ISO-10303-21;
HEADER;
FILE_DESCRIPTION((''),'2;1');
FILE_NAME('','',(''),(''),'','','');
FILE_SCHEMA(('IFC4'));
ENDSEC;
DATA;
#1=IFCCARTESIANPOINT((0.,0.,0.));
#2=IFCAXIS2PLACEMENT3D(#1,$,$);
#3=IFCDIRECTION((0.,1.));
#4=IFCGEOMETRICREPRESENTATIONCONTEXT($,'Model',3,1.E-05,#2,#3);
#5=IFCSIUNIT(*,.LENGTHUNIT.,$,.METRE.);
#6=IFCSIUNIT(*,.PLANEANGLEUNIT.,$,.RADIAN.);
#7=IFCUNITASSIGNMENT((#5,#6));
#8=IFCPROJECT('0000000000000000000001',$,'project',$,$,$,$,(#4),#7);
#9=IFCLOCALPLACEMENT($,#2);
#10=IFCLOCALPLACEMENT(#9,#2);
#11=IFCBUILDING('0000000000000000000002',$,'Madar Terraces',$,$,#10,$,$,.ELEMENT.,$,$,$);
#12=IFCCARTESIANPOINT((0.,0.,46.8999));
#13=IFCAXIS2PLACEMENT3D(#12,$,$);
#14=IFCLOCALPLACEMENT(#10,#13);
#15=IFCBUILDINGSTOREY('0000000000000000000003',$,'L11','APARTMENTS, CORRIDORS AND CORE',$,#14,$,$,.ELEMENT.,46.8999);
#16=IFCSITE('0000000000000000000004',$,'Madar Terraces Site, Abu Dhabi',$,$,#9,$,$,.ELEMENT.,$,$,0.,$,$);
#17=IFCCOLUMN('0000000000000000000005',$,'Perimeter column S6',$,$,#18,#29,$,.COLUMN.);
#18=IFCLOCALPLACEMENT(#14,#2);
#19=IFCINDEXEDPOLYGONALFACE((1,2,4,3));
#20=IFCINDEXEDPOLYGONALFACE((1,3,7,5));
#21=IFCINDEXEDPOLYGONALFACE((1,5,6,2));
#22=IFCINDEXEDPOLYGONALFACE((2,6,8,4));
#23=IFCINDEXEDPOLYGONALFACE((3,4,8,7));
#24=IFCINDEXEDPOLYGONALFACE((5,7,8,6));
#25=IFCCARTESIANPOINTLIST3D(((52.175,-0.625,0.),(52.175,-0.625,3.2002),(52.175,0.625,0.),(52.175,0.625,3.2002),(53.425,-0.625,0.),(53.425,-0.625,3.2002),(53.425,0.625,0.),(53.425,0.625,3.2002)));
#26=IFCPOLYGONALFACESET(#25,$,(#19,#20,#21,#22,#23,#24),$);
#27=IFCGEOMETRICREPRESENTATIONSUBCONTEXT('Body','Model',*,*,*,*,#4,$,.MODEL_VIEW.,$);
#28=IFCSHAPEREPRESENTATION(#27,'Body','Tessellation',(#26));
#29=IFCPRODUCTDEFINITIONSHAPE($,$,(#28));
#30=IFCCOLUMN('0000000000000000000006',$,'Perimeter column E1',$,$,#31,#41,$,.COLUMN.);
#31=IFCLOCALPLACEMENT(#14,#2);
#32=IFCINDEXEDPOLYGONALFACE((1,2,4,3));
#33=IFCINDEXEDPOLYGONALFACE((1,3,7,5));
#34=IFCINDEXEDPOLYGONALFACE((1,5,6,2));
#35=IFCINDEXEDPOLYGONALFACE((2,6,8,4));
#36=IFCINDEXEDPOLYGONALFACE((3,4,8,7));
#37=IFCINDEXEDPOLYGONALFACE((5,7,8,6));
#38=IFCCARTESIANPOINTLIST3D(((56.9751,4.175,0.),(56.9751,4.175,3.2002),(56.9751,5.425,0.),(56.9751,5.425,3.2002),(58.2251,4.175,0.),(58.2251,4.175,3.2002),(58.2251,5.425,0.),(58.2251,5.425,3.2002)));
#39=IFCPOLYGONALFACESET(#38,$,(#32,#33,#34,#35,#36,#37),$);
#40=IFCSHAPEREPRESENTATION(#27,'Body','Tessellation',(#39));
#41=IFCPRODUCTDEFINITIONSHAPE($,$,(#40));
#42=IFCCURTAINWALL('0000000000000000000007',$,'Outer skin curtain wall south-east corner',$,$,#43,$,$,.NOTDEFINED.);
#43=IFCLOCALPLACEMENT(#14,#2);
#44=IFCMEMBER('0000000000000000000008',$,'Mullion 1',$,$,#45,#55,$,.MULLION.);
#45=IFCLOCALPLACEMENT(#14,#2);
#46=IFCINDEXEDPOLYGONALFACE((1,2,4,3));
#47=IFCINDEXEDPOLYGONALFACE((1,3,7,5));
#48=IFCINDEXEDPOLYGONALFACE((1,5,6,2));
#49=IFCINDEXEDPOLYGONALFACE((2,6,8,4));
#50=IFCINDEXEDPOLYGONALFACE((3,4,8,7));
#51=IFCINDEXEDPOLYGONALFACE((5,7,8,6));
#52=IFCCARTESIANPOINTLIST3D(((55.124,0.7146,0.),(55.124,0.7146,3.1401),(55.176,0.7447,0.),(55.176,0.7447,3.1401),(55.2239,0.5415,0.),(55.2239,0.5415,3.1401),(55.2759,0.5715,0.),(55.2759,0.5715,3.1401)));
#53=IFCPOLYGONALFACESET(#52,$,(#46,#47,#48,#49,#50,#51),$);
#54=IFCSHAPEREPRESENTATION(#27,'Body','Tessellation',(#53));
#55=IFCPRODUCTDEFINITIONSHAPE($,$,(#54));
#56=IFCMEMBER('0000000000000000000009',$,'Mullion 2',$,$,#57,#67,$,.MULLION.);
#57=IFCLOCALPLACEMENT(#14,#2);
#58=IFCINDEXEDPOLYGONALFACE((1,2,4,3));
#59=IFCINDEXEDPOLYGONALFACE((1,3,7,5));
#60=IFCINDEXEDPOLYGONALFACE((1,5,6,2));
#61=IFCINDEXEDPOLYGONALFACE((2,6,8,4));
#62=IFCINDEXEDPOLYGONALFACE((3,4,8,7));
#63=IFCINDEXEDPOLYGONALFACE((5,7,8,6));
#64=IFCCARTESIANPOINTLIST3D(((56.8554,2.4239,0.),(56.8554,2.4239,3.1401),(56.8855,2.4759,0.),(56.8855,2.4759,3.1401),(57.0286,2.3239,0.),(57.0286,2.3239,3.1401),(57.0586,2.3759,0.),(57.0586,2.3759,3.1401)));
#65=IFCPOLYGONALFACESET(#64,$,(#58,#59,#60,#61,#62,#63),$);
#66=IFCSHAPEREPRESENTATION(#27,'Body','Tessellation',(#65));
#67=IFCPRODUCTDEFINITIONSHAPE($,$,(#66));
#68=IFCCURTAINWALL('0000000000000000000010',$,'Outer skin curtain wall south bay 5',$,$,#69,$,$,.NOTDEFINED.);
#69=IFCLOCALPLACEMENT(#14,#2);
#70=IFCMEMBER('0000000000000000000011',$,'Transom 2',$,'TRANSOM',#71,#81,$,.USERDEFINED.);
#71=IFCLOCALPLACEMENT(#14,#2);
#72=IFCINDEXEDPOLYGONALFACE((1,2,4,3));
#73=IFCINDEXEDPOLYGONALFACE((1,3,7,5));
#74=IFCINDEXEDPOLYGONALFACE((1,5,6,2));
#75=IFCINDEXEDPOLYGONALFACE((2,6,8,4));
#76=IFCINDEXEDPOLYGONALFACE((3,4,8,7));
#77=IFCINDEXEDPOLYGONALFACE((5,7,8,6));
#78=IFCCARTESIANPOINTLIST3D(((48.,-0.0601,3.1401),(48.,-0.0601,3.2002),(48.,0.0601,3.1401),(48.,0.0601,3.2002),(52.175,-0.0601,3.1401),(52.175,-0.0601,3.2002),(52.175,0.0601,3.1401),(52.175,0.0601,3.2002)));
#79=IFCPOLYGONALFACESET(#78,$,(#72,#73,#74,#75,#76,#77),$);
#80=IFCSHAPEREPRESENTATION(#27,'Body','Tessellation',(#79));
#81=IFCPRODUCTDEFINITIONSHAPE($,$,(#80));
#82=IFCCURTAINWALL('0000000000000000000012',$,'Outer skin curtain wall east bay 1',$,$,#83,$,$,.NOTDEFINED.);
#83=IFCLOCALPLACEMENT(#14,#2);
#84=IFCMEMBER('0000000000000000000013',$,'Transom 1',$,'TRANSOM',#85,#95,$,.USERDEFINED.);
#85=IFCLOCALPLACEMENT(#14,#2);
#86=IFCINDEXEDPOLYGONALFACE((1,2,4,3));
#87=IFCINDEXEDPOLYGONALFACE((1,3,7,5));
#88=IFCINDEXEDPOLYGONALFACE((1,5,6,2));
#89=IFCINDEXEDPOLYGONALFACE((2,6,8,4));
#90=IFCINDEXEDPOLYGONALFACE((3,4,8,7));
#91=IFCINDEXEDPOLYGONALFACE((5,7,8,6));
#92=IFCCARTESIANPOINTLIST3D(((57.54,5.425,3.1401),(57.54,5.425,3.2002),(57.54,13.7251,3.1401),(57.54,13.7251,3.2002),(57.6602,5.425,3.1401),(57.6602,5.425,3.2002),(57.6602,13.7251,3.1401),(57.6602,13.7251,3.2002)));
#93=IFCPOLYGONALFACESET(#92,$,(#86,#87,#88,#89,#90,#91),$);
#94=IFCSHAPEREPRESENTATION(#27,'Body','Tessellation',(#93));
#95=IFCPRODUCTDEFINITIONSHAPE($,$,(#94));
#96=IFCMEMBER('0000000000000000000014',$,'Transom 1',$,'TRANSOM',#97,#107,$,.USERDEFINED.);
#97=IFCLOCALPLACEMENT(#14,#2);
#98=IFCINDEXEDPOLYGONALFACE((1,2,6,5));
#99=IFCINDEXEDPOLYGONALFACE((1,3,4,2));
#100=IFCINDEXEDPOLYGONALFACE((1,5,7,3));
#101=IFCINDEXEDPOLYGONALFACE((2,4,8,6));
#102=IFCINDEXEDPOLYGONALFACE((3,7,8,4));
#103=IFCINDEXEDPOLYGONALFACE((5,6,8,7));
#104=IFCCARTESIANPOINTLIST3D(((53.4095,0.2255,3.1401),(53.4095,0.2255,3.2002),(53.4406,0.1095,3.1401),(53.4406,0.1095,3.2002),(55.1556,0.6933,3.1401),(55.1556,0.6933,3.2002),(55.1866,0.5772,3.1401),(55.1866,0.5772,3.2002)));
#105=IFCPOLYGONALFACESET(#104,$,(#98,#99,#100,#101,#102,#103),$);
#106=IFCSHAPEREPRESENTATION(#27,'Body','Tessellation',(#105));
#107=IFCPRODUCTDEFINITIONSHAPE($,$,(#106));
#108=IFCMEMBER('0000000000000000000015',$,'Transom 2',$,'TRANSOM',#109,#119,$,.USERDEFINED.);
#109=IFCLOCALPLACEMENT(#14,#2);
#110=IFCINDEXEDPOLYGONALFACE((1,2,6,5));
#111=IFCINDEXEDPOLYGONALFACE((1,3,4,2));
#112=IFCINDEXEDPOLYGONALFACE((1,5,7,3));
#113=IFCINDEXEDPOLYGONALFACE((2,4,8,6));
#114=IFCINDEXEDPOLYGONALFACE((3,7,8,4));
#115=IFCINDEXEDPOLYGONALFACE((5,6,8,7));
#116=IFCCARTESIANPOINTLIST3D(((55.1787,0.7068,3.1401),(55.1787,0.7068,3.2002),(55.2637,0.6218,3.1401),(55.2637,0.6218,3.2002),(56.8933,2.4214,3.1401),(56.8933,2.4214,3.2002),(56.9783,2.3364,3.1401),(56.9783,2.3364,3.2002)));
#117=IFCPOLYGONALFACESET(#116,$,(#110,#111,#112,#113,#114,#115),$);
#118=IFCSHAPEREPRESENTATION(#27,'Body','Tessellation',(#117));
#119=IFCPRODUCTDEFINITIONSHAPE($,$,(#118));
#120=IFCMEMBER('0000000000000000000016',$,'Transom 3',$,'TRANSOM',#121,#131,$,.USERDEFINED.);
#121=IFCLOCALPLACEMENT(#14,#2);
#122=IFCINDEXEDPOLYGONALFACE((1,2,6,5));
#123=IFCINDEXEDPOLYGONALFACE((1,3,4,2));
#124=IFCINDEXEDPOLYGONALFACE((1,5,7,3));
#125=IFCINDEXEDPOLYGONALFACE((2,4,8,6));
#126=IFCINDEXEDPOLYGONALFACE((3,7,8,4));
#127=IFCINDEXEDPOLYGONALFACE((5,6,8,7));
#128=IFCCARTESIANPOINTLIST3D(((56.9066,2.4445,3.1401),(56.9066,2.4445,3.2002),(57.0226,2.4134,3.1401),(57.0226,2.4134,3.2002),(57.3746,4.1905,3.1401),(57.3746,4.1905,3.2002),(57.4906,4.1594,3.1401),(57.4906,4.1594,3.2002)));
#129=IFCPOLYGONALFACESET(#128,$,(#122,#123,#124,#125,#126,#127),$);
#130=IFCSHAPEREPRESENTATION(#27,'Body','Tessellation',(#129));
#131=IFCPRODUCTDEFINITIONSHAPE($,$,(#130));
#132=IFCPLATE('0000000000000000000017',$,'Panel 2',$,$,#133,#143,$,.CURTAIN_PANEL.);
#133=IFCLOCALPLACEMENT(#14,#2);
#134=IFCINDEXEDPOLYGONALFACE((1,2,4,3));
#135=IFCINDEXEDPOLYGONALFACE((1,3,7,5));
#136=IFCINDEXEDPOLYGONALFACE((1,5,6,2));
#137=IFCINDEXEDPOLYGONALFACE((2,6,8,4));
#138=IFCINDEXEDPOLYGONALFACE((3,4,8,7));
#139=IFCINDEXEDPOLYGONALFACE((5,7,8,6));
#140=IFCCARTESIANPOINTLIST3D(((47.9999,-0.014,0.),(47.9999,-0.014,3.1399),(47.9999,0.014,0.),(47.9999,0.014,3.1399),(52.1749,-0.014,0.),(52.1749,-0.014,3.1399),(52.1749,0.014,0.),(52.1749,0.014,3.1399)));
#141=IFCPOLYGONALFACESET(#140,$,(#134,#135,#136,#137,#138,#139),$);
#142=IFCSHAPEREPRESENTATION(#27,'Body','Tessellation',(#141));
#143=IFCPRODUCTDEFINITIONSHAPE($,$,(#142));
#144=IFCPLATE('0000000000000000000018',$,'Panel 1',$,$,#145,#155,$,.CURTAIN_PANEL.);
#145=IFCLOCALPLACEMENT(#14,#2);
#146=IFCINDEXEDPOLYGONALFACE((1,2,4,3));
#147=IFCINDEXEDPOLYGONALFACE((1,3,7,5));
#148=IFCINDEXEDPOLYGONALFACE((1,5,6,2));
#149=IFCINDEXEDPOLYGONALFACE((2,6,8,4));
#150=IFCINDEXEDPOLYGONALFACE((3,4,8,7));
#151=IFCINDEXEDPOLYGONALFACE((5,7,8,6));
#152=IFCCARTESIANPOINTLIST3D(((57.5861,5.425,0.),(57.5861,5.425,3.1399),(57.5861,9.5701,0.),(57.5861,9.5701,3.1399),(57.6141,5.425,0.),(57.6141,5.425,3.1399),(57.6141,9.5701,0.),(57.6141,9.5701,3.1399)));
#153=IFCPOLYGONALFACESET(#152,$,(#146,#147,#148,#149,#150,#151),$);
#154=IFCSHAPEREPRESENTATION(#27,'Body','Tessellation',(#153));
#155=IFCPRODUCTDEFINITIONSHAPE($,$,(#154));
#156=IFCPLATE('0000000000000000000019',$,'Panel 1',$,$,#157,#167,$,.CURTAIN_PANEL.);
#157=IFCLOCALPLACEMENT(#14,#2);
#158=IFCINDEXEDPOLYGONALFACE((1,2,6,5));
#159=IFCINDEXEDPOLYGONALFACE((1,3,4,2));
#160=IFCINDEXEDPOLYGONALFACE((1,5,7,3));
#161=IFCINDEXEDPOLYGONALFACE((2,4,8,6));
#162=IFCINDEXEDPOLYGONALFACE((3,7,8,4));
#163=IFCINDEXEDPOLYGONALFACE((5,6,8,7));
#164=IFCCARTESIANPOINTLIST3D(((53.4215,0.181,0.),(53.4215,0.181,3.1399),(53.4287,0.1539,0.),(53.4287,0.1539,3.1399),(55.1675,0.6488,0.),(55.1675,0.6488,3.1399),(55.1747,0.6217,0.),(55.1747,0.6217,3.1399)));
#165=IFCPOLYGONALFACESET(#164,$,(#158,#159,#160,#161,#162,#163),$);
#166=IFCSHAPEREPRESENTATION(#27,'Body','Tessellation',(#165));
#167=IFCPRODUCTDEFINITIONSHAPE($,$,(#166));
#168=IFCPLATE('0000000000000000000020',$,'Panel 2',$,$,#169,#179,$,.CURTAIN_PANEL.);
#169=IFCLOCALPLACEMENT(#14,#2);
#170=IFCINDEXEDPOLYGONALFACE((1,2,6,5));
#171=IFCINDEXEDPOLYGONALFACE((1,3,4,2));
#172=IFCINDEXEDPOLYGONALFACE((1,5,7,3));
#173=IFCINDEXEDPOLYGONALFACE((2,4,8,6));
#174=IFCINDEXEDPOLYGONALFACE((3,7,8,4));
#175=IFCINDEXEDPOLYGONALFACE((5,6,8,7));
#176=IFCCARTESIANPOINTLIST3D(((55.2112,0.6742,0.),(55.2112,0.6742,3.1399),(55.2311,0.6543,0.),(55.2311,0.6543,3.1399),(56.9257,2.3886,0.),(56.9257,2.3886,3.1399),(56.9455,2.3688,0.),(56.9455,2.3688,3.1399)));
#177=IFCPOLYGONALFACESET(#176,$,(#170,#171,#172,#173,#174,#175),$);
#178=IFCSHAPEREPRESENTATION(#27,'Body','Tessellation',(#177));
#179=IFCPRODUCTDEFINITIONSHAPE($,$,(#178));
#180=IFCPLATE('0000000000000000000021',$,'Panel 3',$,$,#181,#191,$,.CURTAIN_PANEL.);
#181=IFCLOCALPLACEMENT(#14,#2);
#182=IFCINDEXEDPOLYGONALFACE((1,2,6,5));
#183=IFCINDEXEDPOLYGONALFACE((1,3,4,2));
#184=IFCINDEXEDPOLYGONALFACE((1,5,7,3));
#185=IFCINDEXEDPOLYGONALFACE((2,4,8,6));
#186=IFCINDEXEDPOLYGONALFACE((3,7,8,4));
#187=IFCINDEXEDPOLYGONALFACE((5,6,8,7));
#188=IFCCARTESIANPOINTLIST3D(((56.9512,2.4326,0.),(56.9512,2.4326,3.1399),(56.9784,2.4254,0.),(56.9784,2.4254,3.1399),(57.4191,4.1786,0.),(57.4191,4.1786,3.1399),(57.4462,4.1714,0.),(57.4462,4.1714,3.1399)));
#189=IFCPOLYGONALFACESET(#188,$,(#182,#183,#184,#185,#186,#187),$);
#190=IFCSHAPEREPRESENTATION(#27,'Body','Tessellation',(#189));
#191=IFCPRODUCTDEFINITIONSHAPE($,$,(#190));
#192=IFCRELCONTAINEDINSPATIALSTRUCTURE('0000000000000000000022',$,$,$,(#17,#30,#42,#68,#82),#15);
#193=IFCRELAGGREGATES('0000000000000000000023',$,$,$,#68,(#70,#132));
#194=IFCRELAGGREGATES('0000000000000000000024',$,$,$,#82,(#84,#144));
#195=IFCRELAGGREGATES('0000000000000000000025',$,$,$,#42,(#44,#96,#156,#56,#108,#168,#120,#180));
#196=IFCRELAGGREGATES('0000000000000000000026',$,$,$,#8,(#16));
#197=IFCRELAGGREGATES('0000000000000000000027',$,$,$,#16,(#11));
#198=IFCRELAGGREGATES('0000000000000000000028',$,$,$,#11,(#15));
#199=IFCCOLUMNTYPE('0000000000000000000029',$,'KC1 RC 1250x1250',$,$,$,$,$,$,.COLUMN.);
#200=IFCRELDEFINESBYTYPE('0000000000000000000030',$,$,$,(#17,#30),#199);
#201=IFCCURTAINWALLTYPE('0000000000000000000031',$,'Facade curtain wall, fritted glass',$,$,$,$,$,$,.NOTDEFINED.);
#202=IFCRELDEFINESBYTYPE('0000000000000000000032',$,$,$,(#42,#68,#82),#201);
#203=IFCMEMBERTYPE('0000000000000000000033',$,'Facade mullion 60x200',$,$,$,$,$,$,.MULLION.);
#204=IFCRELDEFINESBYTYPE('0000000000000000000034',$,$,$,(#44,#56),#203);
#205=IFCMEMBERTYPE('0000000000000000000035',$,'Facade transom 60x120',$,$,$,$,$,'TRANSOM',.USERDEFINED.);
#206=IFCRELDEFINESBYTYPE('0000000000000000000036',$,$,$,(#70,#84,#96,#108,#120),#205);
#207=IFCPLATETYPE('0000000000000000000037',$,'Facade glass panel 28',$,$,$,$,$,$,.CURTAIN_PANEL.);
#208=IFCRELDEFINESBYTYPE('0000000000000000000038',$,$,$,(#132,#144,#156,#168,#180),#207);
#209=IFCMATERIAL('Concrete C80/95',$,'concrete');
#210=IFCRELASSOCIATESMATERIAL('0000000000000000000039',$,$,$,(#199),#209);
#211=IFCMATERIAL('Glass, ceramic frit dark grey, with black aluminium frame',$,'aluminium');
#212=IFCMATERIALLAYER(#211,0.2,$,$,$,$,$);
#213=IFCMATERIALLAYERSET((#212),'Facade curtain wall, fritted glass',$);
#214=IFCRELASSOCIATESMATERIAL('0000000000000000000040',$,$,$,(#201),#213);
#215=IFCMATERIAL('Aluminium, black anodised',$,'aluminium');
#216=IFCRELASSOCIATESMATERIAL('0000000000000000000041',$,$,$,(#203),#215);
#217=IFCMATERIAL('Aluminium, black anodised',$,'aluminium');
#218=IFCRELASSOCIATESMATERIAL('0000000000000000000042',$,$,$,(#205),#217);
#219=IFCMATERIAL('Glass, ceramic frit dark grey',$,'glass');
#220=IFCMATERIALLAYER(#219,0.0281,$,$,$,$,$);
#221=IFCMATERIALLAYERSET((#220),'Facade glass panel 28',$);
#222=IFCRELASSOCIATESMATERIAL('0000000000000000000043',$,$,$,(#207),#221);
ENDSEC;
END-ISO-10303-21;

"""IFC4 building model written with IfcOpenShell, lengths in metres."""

from ifc_helpers import new_model, si_unit, direction, frame, origin, origin_2d, place, context, subcontext, project, spatial, rectangle, extrude, material, layer, layer_set, material_profile, profile_set, type_object, element, aggregate, save


model = new_model("IFC4")

# Units and contexts
model_context = context("Model", 3, precision=1e-05, world=origin(), true_north=direction((0.0, 1.0)))
body_context = subcontext(model_context, "Body", "Model", "MODEL_VIEW")
ifc_project = project(units=[si_unit("LENGTHUNIT", "METRE"), si_unit("PLANEANGLEUNIT", "RADIAN")], contexts=[model_context])

# Site, building, storey
site_placement = place(None, origin())
site = spatial("IfcSite", under=ifc_project, at=site_placement, Name="Madar Terraces Site, Abu Dhabi", CompositionType="ELEMENT", RefElevation=0.0)
building_placement = place(site_placement, origin())
building = spatial("IfcBuilding", under=site, at=building_placement, Name="Madar Terraces", CompositionType="ELEMENT")
storey_placement = place(building_placement, frame((0.0, 0.0, 46.8999)))
storey = spatial("IfcBuildingStorey", under=building, at=storey_placement, Name="L11", Description="APARTMENTS, CORRIDORS AND CORE", CompositionType="ELEMENT", Elevation=46.8999)

# Columns
ifc_material_1 = material(Name="Concrete C80/95", Category="concrete")
ifc_material_profile_1 = material_profile(ifc_material_1, rectangle(XDim=1.25, YDim=1.25, at=origin_2d()), Name="KC1 RC 1250x1250")
ifc_profile_set_1 = profile_set([ifc_material_profile_1], Name="Concrete C80/95")
column_type = type_object("IfcColumnType", Name="KC1 RC 1250x1250", PredefinedType="COLUMN", material=ifc_profile_set_1)
for number, where, z_axis, x_axis, name in (
    (1, (52.8, 0.0, 0.0), (0.0, 0.0, 1.0), (1.0, 0.0, 0.0), "Perimeter column S6"),
    (2, (57.6001, 4.8, 0.0), (0.0, 0.0, 1.0), (1.0, 0.0, 0.0), "Perimeter column E1"),
):
    element("IfcColumn", number, at=place(storey_placement, frame(where, z_axis=z_axis, x_axis=x_axis)), inside=storey, type_object=column_type, Name=name, PredefinedType="COLUMN", context=body_context, shape_type="SweptSolid", body=[
        extrude(rectangle(XDim=1.25, YDim=1.25, at=origin_2d()), origin(), (0.0, 0.0, 1.0), 3.2002),
    ])

# Curtain wall, members
ifc_material_2 = material(Name="Glass, ceramic frit dark grey, with black aluminium frame", Category="aluminium")
ifc_layer_1 = layer(ifc_material_2, 0.2)
ifc_layer_set_1 = layer_set([ifc_layer_1], Name="Facade curtain wall, fritted glass")
curtain_wall_type = type_object("IfcCurtainWallType", Name="Facade curtain wall, fritted glass", PredefinedType="NOTDEFINED", material=ifc_layer_set_1)
curtain_wall_1_placement = place(storey_placement, origin())
curtain_wall_1 = element("IfcCurtainWall", 3, at=curtain_wall_1_placement, inside=storey, type_object=curtain_wall_type, Name="Outer skin curtain wall south-east corner", PredefinedType="NOTDEFINED")
ifc_material_3 = material(Name="Aluminium, black anodised", Category="aluminium")
ifc_material_profile_2 = material_profile(ifc_material_3, rectangle(XDim=0.2, YDim=0.0601, at=origin_2d()), Name="Facade mullion 60x200")
ifc_profile_set_2 = profile_set([ifc_material_profile_2], Name="Aluminium, black anodised")
member_type_1 = type_object("IfcMemberType", Name="Facade mullion 60x200", PredefinedType="MULLION", material=ifc_profile_set_2)
member_1_placement = place(storey_placement, frame((55.2, 0.6431, 0.0), z_axis=(0.0, 0.0, 1.0), x_axis=(-0.5, 0.866025, 0.0)))
member_1 = element("IfcMember", 4, at=member_1_placement, type_object=member_type_1, Name="Mullion 1", PredefinedType="MULLION", context=body_context, shape_type="SweptSolid", body=[
    extrude(rectangle(XDim=0.2, YDim=0.0601, at=origin_2d()), origin(), (0.0, 0.0, 1.0), 3.1401),
])
member_2_placement = place(storey_placement, frame((56.957, 2.3999, 0.0), z_axis=(0.0, 0.0, 1.0), x_axis=(-0.866025, 0.5, 0.0)))
member_2 = element("IfcMember", 5, at=member_2_placement, type_object=member_type_1, Name="Mullion 2", PredefinedType="MULLION", context=body_context, shape_type="SweptSolid", body=[
    extrude(rectangle(XDim=0.2, YDim=0.0601, at=origin_2d()), origin(), (0.0, 0.0, 1.0), 3.1401),
])

# Curtain walls, members
curtain_wall_2_placement = place(storey_placement, origin())
curtain_wall_2 = element("IfcCurtainWall", 6, at=curtain_wall_2_placement, inside=storey, type_object=curtain_wall_type, Name="Outer skin curtain wall south bay 5", PredefinedType="NOTDEFINED")
ifc_material_4 = material(Name="Aluminium, black anodised", Category="aluminium")
ifc_material_profile_3 = material_profile(ifc_material_4, rectangle(XDim=0.1201, YDim=0.0601, at=origin_2d()), Name="Facade transom 60x120")
ifc_profile_set_3 = profile_set([ifc_material_profile_3], Name="Aluminium, black anodised")
member_type_2 = type_object("IfcMemberType", Name="Facade transom 60x120", ElementType="TRANSOM", PredefinedType="USERDEFINED", material=ifc_profile_set_3)
member_3_placement = place(storey_placement, frame((48.0, 0.0, 3.1702), z_axis=(1.0, 0.0, 0.0), x_axis=(0.0, 1.0, 0.0)))
member_3 = element("IfcMember", 7, at=member_3_placement, type_object=member_type_2, Name="Transom 2", ObjectType="TRANSOM", PredefinedType="USERDEFINED", context=body_context, shape_type="SweptSolid", body=[
    extrude(rectangle(XDim=0.1201, YDim=0.0601, at=origin_2d()), origin(), (0.0, 0.0, 1.0), 4.175),
])
curtain_wall_3_placement = place(storey_placement, origin())
curtain_wall_3 = element("IfcCurtainWall", 8, at=curtain_wall_3_placement, inside=storey, type_object=curtain_wall_type, Name="Outer skin curtain wall east bay 1", PredefinedType="NOTDEFINED")
member_4_placement = place(storey_placement, frame((57.6001, 5.425, 3.1702), z_axis=(0.0, 1.0, 0.0), x_axis=(-1.0, 0.0, 0.0)))
member_4 = element("IfcMember", 9, at=member_4_placement, type_object=member_type_2, Name="Transom 1", ObjectType="TRANSOM", PredefinedType="USERDEFINED", context=body_context, shape_type="SweptSolid", body=[
    extrude(rectangle(XDim=0.1201, YDim=0.0601, at=origin_2d()), origin(), (0.0, 0.0, 1.0), 8.3),
])

# Members
member_5_placement = place(storey_placement, frame((53.425, 0.1675, 3.1702), z_axis=(0.965938, 0.258772, 0.0), x_axis=(-0.258772, 0.965938, 0.0)))
member_5 = element("IfcMember", 10, at=member_5_placement, type_object=member_type_2, Name="Transom 1", ObjectType="TRANSOM", PredefinedType="USERDEFINED", context=body_context, shape_type="SweptSolid", body=[
    extrude(rectangle(XDim=0.1201, YDim=0.0601, at=origin_2d()), origin(), (0.0, 0.0, 1.0), 1.8076),
])
member_6_placement = place(storey_placement, frame((55.2212, 0.6643, 3.1702), z_axis=(0.707107, 0.707107, 0.0), x_axis=(-0.707107, 0.707107, 0.0)))
member_6 = element("IfcMember", 11, at=member_6_placement, type_object=member_type_2, Name="Transom 2", ObjectType="TRANSOM", PredefinedType="USERDEFINED", context=body_context, shape_type="SweptSolid", body=[
    extrude(rectangle(XDim=0.1201, YDim=0.0601, at=origin_2d()), origin(), (0.0, 0.0, 1.0), 2.4248),
])
member_7_placement = place(storey_placement, frame((56.9646, 2.429, 3.1702), z_axis=(0.258898, 0.965905, 0.0), x_axis=(-0.965905, 0.258898, 0.0)))
member_7 = element("IfcMember", 12, at=member_7_placement, type_object=member_type_2, Name="Transom 3", ObjectType="TRANSOM", PredefinedType="USERDEFINED", context=body_context, shape_type="SweptSolid", body=[
    extrude(rectangle(XDim=0.1201, YDim=0.0601, at=origin_2d()), origin(), (0.0, 0.0, 1.0), 1.8076),
])

# Plates
ifc_material_5 = material(Name="Glass, ceramic frit dark grey", Category="glass")
ifc_layer_2 = layer(ifc_material_5, 0.0281)
ifc_layer_set_2 = layer_set([ifc_layer_2], Name="Facade glass panel 28")
plate_type = type_object("IfcPlateType", Name="Facade glass panel 28", PredefinedType="CURTAIN_PANEL", material=ifc_layer_set_2)
plate_1_placement = place(storey_placement, frame((50.0874, 0.0, 0.0), z_axis=(0.0, 0.0, 1.0), x_axis=(1.0, 0.0, 0.0)))
plate_1 = element("IfcPlate", 13, at=plate_1_placement, type_object=plate_type, Name="Panel 2", PredefinedType="CURTAIN_PANEL", context=body_context, shape_type="SweptSolid", body=[
    extrude(rectangle(XDim=4.175, YDim=0.0281, at=origin_2d()), origin(), (0.0, 0.0, 1.0), 3.1399),
])
aggregate(curtain_wall_2, [member_3, plate_1])
plate_2_placement = place(storey_placement, frame((57.6001, 7.4976, 0.0), z_axis=(0.0, 0.0, 1.0), x_axis=(0.0, 1.0, 0.0)))
plate_2 = element("IfcPlate", 14, at=plate_2_placement, type_object=plate_type, Name="Panel 1", PredefinedType="CURTAIN_PANEL", context=body_context, shape_type="SweptSolid", body=[
    extrude(rectangle(XDim=4.145, YDim=0.0281, at=origin_2d()), origin(), (0.0, 0.0, 1.0), 3.1399),
])
aggregate(curtain_wall_3, [member_4, plate_2])
plate_3_placement = place(storey_placement, frame((54.2981, 0.4014, 0.0), z_axis=(0.0, 0.0, 1.0), x_axis=(0.965926, 0.258819, 0.0)))
plate_3 = element("IfcPlate", 15, at=plate_3_placement, type_object=plate_type, Name="Panel 1", PredefinedType="CURTAIN_PANEL", context=body_context, shape_type="SweptSolid", body=[
    extrude(rectangle(XDim=1.8076, YDim=0.0281, at=origin_2d()), origin(), (0.0, 0.0, 1.0), 3.1399),
])
plate_4_placement = place(storey_placement, frame((56.0784, 1.5215, 0.0), z_axis=(0.0, 0.0, 1.0), x_axis=(0.707107, 0.707107, 0.0)))
plate_4 = element("IfcPlate", 16, at=plate_4_placement, type_object=plate_type, Name="Panel 2", PredefinedType="CURTAIN_PANEL", context=body_context, shape_type="SweptSolid", body=[
    extrude(rectangle(XDim=2.4246, YDim=0.0281, at=origin_2d()), origin(), (0.0, 0.0, 1.0), 3.1399),
])
plate_5_placement = place(storey_placement, frame((57.1987, 3.302, 0.0), z_axis=(0.0, 0.0, 1.0), x_axis=(0.258819, 0.965926, 0.0)))
plate_5 = element("IfcPlate", 17, at=plate_5_placement, type_object=plate_type, Name="Panel 3", PredefinedType="CURTAIN_PANEL", context=body_context, shape_type="SweptSolid", body=[
    extrude(rectangle(XDim=1.8076, YDim=0.0281, at=origin_2d()), origin(), (0.0, 0.0, 1.0), 3.1399),
])
aggregate(curtain_wall_1, [member_1, member_5, plate_3, member_2, member_6, plate_4, member_7, plate_5])

save(model, "model.ifc")
